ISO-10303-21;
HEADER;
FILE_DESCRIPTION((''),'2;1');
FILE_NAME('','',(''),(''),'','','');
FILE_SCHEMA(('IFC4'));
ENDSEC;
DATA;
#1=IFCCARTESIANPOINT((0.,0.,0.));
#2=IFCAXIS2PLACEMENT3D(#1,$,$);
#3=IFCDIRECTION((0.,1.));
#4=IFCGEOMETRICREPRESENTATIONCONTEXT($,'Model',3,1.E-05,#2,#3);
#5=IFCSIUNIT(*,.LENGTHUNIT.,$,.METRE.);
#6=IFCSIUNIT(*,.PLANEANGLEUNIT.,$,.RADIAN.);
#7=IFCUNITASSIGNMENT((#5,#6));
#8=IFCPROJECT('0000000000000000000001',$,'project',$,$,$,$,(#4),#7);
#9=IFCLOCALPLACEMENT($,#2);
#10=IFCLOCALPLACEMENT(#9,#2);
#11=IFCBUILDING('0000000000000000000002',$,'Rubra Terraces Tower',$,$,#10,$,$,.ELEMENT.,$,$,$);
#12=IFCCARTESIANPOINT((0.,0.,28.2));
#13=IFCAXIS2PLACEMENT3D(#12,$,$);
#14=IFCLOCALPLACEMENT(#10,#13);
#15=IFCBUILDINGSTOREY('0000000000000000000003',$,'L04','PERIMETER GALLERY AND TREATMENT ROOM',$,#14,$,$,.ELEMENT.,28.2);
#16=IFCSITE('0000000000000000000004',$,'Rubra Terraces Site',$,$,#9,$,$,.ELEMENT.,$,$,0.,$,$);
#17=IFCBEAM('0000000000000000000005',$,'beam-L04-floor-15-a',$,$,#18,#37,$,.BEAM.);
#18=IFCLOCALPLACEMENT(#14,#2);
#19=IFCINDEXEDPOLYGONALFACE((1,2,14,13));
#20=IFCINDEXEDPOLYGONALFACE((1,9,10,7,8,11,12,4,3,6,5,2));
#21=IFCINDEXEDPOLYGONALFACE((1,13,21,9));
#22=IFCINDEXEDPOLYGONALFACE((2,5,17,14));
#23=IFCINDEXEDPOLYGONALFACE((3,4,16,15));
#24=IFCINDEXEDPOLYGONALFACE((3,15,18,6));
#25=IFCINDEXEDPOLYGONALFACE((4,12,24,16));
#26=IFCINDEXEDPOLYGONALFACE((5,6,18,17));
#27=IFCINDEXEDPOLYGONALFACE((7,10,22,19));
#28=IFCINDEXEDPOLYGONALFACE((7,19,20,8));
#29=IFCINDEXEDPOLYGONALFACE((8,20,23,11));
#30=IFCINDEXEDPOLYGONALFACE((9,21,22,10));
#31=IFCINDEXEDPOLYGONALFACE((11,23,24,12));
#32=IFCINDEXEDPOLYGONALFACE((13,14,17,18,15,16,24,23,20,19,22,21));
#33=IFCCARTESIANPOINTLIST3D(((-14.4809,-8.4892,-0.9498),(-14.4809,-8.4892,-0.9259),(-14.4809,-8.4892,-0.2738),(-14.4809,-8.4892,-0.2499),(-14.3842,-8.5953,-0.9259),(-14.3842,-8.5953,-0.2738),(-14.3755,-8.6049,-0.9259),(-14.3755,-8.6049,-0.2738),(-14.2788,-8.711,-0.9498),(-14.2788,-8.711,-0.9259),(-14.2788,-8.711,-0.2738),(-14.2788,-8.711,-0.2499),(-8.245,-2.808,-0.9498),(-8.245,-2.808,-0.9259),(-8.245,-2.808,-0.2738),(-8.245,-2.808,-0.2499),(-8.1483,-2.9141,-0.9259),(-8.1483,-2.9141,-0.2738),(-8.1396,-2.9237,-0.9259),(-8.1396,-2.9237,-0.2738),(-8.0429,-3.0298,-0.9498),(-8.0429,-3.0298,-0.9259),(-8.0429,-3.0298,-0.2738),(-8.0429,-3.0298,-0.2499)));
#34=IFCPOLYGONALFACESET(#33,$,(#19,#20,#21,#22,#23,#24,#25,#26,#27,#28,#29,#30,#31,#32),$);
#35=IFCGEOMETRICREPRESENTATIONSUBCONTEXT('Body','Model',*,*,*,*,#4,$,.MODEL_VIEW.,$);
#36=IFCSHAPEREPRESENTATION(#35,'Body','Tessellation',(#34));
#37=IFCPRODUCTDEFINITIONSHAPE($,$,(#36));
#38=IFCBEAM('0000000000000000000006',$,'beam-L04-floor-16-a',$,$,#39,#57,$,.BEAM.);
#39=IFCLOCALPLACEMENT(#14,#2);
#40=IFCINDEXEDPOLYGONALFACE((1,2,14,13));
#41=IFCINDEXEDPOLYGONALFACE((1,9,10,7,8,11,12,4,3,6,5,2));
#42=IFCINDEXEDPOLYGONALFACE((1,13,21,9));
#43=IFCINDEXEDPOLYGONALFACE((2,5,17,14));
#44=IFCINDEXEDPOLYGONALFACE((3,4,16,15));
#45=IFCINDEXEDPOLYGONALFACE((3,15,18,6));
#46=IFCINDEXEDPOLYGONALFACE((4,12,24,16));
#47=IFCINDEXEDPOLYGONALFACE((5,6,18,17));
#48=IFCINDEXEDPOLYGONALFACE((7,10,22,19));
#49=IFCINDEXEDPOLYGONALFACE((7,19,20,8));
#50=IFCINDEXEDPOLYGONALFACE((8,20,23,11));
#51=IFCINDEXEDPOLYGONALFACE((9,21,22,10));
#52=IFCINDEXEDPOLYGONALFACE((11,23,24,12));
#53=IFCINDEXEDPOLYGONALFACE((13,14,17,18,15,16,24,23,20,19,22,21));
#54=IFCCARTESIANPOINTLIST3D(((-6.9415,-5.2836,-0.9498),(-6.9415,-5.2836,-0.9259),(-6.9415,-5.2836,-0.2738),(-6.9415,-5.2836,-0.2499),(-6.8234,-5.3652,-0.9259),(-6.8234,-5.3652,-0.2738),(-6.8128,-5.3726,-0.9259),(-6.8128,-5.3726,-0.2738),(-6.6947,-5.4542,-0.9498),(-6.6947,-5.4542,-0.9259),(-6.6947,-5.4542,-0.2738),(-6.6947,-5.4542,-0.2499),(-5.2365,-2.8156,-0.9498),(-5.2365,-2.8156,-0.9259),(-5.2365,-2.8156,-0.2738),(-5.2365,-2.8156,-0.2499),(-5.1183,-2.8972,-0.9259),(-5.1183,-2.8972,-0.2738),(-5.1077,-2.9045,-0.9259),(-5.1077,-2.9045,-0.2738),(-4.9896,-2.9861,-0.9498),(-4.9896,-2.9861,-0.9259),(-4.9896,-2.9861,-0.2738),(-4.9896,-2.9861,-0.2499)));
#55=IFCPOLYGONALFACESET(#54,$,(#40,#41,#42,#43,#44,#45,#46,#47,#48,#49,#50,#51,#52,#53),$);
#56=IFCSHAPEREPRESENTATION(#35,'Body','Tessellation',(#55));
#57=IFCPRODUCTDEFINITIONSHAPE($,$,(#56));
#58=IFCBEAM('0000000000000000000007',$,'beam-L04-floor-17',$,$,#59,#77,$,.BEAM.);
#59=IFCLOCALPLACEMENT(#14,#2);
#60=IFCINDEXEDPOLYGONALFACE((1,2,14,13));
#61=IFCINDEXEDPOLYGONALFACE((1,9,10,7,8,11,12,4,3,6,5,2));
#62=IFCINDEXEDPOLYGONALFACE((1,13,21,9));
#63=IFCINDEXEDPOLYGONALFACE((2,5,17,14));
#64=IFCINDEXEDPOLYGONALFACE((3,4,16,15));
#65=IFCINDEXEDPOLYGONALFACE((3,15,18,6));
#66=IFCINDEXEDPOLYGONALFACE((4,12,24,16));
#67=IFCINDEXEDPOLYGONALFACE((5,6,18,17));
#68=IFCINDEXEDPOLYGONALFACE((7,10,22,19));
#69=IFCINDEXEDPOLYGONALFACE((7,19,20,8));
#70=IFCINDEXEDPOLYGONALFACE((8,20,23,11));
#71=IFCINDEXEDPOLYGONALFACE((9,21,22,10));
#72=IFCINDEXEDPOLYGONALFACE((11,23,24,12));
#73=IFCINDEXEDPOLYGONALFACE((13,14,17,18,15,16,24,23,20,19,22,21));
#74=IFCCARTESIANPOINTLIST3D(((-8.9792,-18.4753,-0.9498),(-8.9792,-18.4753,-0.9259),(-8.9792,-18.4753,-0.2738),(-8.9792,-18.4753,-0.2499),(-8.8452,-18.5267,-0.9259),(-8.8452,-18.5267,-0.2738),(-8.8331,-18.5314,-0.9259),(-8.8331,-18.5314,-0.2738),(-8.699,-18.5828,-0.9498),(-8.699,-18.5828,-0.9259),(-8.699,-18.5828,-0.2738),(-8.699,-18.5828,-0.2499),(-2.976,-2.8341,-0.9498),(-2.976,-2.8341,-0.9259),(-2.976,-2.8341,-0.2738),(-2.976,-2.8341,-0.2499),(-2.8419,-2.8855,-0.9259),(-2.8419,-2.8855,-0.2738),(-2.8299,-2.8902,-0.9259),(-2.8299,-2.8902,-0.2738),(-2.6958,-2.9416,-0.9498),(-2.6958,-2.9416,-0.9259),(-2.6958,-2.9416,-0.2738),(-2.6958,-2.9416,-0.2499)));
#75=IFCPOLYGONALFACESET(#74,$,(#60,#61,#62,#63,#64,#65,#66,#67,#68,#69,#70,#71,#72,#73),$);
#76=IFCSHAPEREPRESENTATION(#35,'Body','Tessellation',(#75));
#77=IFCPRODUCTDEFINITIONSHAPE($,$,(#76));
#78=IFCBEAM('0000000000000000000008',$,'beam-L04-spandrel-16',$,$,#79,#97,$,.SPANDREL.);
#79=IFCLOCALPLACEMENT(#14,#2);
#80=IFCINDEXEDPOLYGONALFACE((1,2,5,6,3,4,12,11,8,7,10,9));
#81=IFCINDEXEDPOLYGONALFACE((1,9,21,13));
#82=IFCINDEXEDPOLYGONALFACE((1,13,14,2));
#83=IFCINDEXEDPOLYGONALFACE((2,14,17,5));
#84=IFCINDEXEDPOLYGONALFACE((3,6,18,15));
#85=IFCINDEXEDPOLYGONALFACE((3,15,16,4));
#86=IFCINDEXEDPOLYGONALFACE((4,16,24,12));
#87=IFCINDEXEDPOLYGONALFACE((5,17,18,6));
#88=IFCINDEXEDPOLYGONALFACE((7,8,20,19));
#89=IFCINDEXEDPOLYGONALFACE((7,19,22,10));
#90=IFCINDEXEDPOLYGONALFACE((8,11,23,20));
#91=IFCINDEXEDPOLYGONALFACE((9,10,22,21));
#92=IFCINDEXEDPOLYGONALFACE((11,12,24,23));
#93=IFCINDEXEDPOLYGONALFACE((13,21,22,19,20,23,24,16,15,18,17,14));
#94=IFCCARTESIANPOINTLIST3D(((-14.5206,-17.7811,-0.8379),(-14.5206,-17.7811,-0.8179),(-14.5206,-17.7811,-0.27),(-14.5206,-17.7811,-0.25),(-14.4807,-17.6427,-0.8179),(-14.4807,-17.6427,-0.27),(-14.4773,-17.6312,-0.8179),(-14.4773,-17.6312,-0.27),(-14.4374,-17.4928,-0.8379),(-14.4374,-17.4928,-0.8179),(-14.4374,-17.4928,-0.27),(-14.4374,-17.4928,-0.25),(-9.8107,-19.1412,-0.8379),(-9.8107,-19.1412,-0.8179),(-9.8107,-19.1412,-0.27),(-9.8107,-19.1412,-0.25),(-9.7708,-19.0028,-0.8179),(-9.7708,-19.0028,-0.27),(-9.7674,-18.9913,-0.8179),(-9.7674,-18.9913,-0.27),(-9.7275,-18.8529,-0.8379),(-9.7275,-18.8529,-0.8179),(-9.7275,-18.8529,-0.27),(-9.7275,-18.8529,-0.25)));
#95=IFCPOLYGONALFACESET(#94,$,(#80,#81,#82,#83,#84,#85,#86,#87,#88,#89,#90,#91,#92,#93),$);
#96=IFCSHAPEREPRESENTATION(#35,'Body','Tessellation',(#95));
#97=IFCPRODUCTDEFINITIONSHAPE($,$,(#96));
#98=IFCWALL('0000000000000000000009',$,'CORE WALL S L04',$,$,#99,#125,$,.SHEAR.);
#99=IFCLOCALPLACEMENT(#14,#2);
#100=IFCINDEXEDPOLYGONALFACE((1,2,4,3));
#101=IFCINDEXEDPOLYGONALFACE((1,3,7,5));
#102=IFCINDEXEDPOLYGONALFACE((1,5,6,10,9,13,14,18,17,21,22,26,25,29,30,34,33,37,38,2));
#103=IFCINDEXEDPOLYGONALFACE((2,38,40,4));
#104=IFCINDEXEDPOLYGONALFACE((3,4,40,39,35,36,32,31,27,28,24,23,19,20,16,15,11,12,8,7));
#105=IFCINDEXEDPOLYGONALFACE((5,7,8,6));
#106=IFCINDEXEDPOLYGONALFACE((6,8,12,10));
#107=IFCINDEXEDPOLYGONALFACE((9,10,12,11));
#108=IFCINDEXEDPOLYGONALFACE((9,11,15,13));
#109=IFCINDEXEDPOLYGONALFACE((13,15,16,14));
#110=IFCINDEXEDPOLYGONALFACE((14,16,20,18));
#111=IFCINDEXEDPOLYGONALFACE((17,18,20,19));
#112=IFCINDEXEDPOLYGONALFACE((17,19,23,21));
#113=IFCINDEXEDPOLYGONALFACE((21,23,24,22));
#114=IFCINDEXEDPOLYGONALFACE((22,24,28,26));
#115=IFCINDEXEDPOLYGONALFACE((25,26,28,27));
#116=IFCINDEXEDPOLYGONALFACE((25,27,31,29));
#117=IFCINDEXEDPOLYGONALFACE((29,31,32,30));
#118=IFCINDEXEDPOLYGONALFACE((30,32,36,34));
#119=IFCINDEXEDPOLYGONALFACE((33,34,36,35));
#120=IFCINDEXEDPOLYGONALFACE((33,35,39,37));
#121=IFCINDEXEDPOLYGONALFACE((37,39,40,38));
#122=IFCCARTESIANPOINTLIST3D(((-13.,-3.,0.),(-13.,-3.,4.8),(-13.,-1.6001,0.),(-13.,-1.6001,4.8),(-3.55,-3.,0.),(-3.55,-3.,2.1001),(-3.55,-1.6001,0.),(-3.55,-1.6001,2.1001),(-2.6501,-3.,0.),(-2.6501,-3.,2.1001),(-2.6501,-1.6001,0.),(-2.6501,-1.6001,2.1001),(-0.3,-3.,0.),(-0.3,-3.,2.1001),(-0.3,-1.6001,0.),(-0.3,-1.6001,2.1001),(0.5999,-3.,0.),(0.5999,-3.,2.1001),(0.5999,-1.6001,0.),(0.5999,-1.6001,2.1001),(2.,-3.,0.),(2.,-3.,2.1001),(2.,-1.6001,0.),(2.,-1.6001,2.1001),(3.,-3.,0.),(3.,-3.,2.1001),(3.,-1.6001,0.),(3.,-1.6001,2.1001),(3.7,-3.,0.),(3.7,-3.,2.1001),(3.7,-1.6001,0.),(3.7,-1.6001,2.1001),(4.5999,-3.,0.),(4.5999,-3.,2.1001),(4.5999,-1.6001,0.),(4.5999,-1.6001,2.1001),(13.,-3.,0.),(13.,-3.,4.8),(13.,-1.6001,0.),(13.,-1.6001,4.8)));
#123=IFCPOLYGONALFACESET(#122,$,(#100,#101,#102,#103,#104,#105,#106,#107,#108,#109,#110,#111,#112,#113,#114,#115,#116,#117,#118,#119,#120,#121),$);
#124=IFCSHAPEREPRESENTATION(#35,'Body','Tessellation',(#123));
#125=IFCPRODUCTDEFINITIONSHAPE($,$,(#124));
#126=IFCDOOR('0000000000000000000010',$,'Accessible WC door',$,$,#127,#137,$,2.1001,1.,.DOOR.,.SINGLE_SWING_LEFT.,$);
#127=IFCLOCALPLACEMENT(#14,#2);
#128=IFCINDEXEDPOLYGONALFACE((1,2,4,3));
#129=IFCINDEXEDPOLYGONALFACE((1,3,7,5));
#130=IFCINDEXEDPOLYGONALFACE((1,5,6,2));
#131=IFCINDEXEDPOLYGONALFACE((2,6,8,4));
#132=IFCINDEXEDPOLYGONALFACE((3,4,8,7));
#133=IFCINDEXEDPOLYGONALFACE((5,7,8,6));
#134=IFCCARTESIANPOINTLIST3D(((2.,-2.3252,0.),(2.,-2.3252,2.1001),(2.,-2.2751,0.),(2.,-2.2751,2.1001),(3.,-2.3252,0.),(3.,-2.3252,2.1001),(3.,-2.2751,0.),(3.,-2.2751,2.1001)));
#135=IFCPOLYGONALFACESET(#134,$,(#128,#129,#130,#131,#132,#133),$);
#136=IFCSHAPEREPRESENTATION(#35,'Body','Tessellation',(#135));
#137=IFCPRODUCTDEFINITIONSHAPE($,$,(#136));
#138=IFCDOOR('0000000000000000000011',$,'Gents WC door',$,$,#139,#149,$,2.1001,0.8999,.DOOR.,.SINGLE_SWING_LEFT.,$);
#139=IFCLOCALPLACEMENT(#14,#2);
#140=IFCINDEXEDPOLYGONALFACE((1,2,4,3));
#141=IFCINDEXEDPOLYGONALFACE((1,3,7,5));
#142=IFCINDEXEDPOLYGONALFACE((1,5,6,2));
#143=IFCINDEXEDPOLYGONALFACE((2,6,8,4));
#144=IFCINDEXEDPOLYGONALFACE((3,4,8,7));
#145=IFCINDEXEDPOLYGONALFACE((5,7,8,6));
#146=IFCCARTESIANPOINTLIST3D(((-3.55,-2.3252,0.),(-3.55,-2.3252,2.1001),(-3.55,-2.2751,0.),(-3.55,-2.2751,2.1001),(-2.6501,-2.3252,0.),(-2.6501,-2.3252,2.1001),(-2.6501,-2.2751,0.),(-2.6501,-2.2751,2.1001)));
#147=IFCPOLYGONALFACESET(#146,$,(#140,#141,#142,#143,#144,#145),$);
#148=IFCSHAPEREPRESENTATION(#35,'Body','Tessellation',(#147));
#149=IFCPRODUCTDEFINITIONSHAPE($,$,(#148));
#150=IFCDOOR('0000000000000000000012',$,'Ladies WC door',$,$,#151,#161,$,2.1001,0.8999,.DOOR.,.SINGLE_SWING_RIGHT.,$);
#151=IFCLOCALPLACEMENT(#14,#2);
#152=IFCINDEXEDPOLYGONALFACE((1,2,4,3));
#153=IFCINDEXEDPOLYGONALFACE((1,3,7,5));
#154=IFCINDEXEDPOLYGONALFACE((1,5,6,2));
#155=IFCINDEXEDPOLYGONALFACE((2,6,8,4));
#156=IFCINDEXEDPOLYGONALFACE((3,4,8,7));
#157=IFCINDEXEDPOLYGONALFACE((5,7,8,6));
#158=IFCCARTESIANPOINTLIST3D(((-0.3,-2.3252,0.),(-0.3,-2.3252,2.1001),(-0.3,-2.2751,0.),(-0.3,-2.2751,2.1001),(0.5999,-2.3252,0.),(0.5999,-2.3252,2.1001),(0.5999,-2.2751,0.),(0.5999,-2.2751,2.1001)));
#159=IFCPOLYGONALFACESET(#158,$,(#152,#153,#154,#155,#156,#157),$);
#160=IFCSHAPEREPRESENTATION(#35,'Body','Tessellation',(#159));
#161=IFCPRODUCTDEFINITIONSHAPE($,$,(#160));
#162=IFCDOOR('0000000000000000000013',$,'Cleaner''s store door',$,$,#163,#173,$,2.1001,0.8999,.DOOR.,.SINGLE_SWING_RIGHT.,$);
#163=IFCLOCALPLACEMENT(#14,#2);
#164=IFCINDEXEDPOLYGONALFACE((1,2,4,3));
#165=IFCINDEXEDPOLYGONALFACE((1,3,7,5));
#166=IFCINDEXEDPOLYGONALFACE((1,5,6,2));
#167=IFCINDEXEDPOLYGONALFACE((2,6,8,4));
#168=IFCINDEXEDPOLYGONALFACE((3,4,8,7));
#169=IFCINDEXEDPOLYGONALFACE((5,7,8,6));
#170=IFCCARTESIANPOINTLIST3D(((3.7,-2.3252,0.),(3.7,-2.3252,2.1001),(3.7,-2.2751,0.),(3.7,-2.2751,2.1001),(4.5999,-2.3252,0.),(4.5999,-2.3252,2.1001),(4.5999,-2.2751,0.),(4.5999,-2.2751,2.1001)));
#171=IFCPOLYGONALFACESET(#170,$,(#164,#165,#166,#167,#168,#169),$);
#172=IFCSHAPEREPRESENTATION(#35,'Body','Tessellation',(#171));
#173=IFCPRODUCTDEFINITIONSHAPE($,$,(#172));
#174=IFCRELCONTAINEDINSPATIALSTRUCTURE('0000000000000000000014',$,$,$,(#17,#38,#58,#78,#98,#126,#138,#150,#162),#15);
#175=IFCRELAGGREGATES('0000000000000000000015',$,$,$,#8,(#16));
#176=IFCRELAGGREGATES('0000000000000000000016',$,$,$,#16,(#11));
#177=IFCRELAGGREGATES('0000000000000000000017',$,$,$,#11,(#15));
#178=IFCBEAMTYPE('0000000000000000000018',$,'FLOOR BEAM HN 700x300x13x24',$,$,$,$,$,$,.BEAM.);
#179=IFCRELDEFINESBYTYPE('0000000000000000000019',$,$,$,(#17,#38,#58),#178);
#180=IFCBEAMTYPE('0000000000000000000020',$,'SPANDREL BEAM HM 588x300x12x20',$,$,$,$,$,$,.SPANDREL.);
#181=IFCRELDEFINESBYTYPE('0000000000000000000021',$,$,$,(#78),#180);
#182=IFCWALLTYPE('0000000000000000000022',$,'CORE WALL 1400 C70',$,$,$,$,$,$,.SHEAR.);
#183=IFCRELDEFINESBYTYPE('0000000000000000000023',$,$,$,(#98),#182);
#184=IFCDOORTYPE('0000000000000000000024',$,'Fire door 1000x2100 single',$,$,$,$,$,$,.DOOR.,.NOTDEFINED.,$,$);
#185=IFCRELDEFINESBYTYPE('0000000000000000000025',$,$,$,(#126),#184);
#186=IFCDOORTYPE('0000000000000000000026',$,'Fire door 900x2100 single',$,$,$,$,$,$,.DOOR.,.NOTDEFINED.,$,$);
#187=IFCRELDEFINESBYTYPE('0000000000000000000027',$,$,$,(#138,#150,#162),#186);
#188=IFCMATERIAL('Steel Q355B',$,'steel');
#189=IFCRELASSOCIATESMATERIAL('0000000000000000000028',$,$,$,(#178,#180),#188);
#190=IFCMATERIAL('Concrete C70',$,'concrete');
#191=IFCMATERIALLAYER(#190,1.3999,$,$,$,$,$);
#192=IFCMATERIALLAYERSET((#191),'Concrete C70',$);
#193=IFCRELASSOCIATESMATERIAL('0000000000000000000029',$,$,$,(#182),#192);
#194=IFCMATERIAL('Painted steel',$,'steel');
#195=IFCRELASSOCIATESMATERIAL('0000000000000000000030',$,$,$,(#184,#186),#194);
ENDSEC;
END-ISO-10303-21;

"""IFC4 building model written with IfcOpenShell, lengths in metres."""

from ifc_helpers import new_model, si_unit, direction, frame, frame_2d, origin, origin_2d, place, context, subcontext, project, spatial, rectangle, i_section, extrude, material, layer, layer_set, material_profile, profile_set, type_object, element, fill, save


model = new_model("IFC4")

# Units and contexts
model_context = context("Model", 3, precision=1e-05, world=origin(), true_north=direction((0.0, 1.0)))
body_context = subcontext(model_context, "Body", "Model", "MODEL_VIEW")
ifc_project = project(units=[si_unit("LENGTHUNIT", "METRE"), si_unit("PLANEANGLEUNIT", "RADIAN")], contexts=[model_context])

# Site, building, storey
site_placement = place(None, origin())
site = spatial("IfcSite", under=ifc_project, at=site_placement, Name="Rubra Terraces Site", CompositionType="ELEMENT", RefElevation=0.0)
building_placement = place(site_placement, origin())
building = spatial("IfcBuilding", under=site, at=building_placement, Name="Rubra Terraces Tower", CompositionType="ELEMENT")
storey_placement = place(building_placement, frame((0.0, 0.0, 28.2)))
storey = spatial("IfcBuildingStorey", under=building, at=storey_placement, Name="L04", Description="PERIMETER GALLERY AND TREATMENT ROOM", CompositionType="ELEMENT", Elevation=28.2)

# Beams
ifc_material_1 = material(Name="Steel Q355B", Category="steel")
ifc_material_profile_1 = material_profile(ifc_material_1, i_section(OverallWidth=0.3, OverallDepth=0.7, WebThickness=0.0129, FlangeThickness=0.0239, at=origin_2d()), Name="HN 700x300x13x24")
ifc_profile_set_1 = profile_set([ifc_material_profile_1], Name="Steel Q355B")
beam_type_1 = type_object("IfcBeamType", Name="FLOOR BEAM HN 700x300x13x24", PredefinedType="BEAM", material=ifc_profile_set_1)
beam_1_placement = place(storey_placement, frame((-14.3799, -8.6001, -0.5999), z_axis=(0.739219, 0.673465, 0.0), x_axis=(-0.673465, 0.739219, 0.0)))
element("IfcBeam", 1, at=beam_1_placement, inside=storey, type_object=beam_type_1, Name="beam-L04-floor-15-a", PredefinedType="BEAM", context=body_context, shape_type="SweptSolid", body=[
    extrude(i_section(OverallWidth=0.3, OverallDepth=0.7, WebThickness=0.0129, FlangeThickness=0.0239, at=origin_2d()), origin(), (0.0, 0.0, 1.0), 8.4358),
])
beam_2_placement = place(storey_placement, frame((-6.8181, -5.3689, -0.5999), z_axis=(0.56841, 0.822746, 0.0), x_axis=(-0.822746, 0.56841, 0.0)))
element("IfcBeam", 2, at=beam_2_placement, inside=storey, type_object=beam_type_1, Name="beam-L04-floor-16-a", PredefinedType="BEAM", context=body_context, shape_type="SweptSolid", body=[
    extrude(i_section(OverallWidth=0.3, OverallDepth=0.7, WebThickness=0.0129, FlangeThickness=0.0239, at=origin_2d()), origin(), (0.0, 0.0, 1.0), 2.9998),
])
beam_3_placement = place(storey_placement, frame((-8.8391, -18.5291, -0.5999), z_axis=(0.358322, 0.933598, 0.0), x_axis=(-0.933598, 0.358322, 0.0)))
element("IfcBeam", 3, at=beam_3_placement, inside=storey, type_object=beam_type_1, Name="beam-L04-floor-17", PredefinedType="BEAM", context=body_context, shape_type="SweptSolid", body=[
    extrude(i_section(OverallWidth=0.3, OverallDepth=0.7, WebThickness=0.0129, FlangeThickness=0.0239, at=origin_2d()), origin(), (0.0, 0.0, 1.0), 16.7537),
])
ifc_material_profile_2 = material_profile(ifc_material_1, i_section(OverallWidth=0.3, OverallDepth=0.5879, WebThickness=0.012, FlangeThickness=0.02, at=origin_2d()), Name="HM 588x300x12x20")
ifc_profile_set_2 = profile_set([ifc_material_profile_2], Name="Steel Q355B")
beam_type_2 = type_object("IfcBeamType", Name="SPANDREL BEAM HM 588x300x12x20", PredefinedType="SPANDREL", material=ifc_profile_set_2)
beam_4_placement = place(storey_placement, frame((-14.479, -17.637, -0.5439), z_axis=(0.960744, -0.277436, 0.0), x_axis=(0.277436, 0.960744, 0.0)))
element("IfcBeam", 4, at=beam_4_placement, inside=storey, type_object=beam_type_2, Name="beam-L04-spandrel-16", PredefinedType="SPANDREL", context=body_context, shape_type="SweptSolid", body=[
    extrude(i_section(OverallWidth=0.3, OverallDepth=0.5879, WebThickness=0.012, FlangeThickness=0.02, at=origin_2d()), origin(), (0.0, 0.0, 1.0), 4.9023),
])

# Wall, openings, doors
ifc_material_2 = material(Name="Concrete C70", Category="concrete")
ifc_layer_1 = layer(ifc_material_2, 1.3999)
ifc_layer_set_1 = layer_set([ifc_layer_1], Name="Concrete C70")
wall_type_1 = type_object("IfcWallType", Name="CORE WALL 1400 C70", PredefinedType="SHEAR", material=ifc_layer_set_1)
wall_1_placement = place(storey_placement, frame((-13.0, -2.3, 0.0), z_axis=(0.0, 0.0, 1.0), x_axis=(1.0, 0.0, 0.0)))
wall_1 = element("IfcWall", 5, at=wall_1_placement, inside=storey, type_object=wall_type_1, Name="CORE WALL S L04", PredefinedType="SHEAR", context=body_context, shape_type="SweptSolid", body=[
    extrude(rectangle(XDim=26.0, YDim=1.3999, at=frame_2d((13.0, 0.0))), origin(), (0.0, 0.0, 1.0), 4.8),
])
opening_1_placement = place(wall_1_placement, frame((9.45, 0.0, 0.0)))
opening_1 = element("IfcOpeningElement", 6, at=opening_1_placement, cuts=wall_1, PredefinedType="OPENING", context=body_context, shape_type="SweptSolid", body=[
    extrude(rectangle(XDim=0.8999, YDim=2.1001, at=frame_2d((0.45, 1.05))), frame((0.0, 0.71, 0.0), z_axis=(0.0, -1.0, 0.0), x_axis=(1.0, 0.0, 0.0)), (0.0, 0.0, 1.0), 1.4199),
])
opening_2_placement = place(wall_1_placement, frame((12.7, 0.0, 0.0)))
opening_2 = element("IfcOpeningElement", 7, at=opening_2_placement, cuts=wall_1, PredefinedType="OPENING", context=body_context, shape_type="SweptSolid", body=[
    extrude(rectangle(XDim=0.8999, YDim=2.1001, at=frame_2d((0.45, 1.05))), frame((0.0, 0.71, 0.0), z_axis=(0.0, -1.0, 0.0), x_axis=(1.0, 0.0, 0.0)), (0.0, 0.0, 1.0), 1.4199),
])
opening_3_placement = place(wall_1_placement, frame((15.0, 0.0, 0.0)))
opening_3 = element("IfcOpeningElement", 8, at=opening_3_placement, cuts=wall_1, PredefinedType="OPENING", context=body_context, shape_type="SweptSolid", body=[
    extrude(rectangle(XDim=1.0, YDim=2.1001, at=frame_2d((0.5, 1.05))), frame((0.0, 0.71, 0.0), z_axis=(0.0, -1.0, 0.0), x_axis=(1.0, 0.0, 0.0)), (0.0, 0.0, 1.0), 1.4199),
])
opening_4_placement = place(wall_1_placement, frame((16.7, 0.0, 0.0)))
opening_4 = element("IfcOpeningElement", 9, at=opening_4_placement, cuts=wall_1, PredefinedType="OPENING", context=body_context, shape_type="SweptSolid", body=[
    extrude(rectangle(XDim=0.8999, YDim=2.1001, at=frame_2d((0.45, 1.05))), frame((0.0, 0.71, 0.0), z_axis=(0.0, -1.0, 0.0), x_axis=(1.0, 0.0, 0.0)), (0.0, 0.0, 1.0), 1.4199),
])
ifc_material_3 = material(Name="Painted steel", Category="steel")
door_type_1 = type_object("IfcDoorType", Name="Fire door 1000x2100 single", OperationType="NOTDEFINED", PredefinedType="DOOR", material=ifc_material_3)
door_1_placement = place(opening_3_placement, origin())
door_1 = element("IfcDoor", 10, at=door_1_placement, inside=storey, type_object=door_type_1, Name="Accessible WC door", OperationType="SINGLE_SWING_LEFT", OverallHeight=2.1001, OverallWidth=1.0, PredefinedType="DOOR", context=body_context, shape_type="SweptSolid", body=[
    extrude(rectangle(XDim=1.0, YDim=2.1001, at=frame_2d((0.5, 1.05))), frame((0.0, 0.0249, 0.0), z_axis=(0.0, -1.0, 0.0), x_axis=(1.0, 0.0, 0.0)), (0.0, 0.0, 1.0), 0.05),
])
fill(opening_3, door_1)
door_type_2 = type_object("IfcDoorType", Name="Fire door 900x2100 single", OperationType="NOTDEFINED", PredefinedType="DOOR", material=ifc_material_3)
door_2_placement = place(opening_1_placement, origin())
door_2 = element("IfcDoor", 11, at=door_2_placement, inside=storey, type_object=door_type_2, Name="Gents WC door", OperationType="SINGLE_SWING_LEFT", OverallHeight=2.1001, OverallWidth=0.8999, PredefinedType="DOOR", context=body_context, shape_type="SweptSolid", body=[
    extrude(rectangle(XDim=0.8999, YDim=2.1001, at=frame_2d((0.45, 1.05))), frame((0.0, 0.0249, 0.0), z_axis=(0.0, -1.0, 0.0), x_axis=(1.0, 0.0, 0.0)), (0.0, 0.0, 1.0), 0.05),
])
fill(opening_1, door_2)
door_3_placement = place(opening_2_placement, origin())
door_3 = element("IfcDoor", 12, at=door_3_placement, inside=storey, type_object=door_type_2, Name="Ladies WC door", OperationType="SINGLE_SWING_RIGHT", OverallHeight=2.1001, OverallWidth=0.8999, PredefinedType="DOOR", context=body_context, shape_type="SweptSolid", body=[
    extrude(rectangle(XDim=0.8999, YDim=2.1001, at=frame_2d((0.45, 1.05))), frame((0.0, 0.0249, 0.0), z_axis=(0.0, -1.0, 0.0), x_axis=(1.0, 0.0, 0.0)), (0.0, 0.0, 1.0), 0.05),
])
fill(opening_2, door_3)
door_4_placement = place(opening_4_placement, origin())
door_4 = element("IfcDoor", 13, at=door_4_placement, inside=storey, type_object=door_type_2, Name="Cleaner's store door", OperationType="SINGLE_SWING_RIGHT", OverallHeight=2.1001, OverallWidth=0.8999, PredefinedType="DOOR", context=body_context, shape_type="SweptSolid", body=[
    extrude(rectangle(XDim=0.8999, YDim=2.1001, at=frame_2d((0.45, 1.05))), frame((0.0, 0.0249, 0.0), z_axis=(0.0, -1.0, 0.0), x_axis=(1.0, 0.0, 0.0)), (0.0, 0.0, 1.0), 0.05),
])
fill(opening_4, door_4)

save(model, "model.ifc")
